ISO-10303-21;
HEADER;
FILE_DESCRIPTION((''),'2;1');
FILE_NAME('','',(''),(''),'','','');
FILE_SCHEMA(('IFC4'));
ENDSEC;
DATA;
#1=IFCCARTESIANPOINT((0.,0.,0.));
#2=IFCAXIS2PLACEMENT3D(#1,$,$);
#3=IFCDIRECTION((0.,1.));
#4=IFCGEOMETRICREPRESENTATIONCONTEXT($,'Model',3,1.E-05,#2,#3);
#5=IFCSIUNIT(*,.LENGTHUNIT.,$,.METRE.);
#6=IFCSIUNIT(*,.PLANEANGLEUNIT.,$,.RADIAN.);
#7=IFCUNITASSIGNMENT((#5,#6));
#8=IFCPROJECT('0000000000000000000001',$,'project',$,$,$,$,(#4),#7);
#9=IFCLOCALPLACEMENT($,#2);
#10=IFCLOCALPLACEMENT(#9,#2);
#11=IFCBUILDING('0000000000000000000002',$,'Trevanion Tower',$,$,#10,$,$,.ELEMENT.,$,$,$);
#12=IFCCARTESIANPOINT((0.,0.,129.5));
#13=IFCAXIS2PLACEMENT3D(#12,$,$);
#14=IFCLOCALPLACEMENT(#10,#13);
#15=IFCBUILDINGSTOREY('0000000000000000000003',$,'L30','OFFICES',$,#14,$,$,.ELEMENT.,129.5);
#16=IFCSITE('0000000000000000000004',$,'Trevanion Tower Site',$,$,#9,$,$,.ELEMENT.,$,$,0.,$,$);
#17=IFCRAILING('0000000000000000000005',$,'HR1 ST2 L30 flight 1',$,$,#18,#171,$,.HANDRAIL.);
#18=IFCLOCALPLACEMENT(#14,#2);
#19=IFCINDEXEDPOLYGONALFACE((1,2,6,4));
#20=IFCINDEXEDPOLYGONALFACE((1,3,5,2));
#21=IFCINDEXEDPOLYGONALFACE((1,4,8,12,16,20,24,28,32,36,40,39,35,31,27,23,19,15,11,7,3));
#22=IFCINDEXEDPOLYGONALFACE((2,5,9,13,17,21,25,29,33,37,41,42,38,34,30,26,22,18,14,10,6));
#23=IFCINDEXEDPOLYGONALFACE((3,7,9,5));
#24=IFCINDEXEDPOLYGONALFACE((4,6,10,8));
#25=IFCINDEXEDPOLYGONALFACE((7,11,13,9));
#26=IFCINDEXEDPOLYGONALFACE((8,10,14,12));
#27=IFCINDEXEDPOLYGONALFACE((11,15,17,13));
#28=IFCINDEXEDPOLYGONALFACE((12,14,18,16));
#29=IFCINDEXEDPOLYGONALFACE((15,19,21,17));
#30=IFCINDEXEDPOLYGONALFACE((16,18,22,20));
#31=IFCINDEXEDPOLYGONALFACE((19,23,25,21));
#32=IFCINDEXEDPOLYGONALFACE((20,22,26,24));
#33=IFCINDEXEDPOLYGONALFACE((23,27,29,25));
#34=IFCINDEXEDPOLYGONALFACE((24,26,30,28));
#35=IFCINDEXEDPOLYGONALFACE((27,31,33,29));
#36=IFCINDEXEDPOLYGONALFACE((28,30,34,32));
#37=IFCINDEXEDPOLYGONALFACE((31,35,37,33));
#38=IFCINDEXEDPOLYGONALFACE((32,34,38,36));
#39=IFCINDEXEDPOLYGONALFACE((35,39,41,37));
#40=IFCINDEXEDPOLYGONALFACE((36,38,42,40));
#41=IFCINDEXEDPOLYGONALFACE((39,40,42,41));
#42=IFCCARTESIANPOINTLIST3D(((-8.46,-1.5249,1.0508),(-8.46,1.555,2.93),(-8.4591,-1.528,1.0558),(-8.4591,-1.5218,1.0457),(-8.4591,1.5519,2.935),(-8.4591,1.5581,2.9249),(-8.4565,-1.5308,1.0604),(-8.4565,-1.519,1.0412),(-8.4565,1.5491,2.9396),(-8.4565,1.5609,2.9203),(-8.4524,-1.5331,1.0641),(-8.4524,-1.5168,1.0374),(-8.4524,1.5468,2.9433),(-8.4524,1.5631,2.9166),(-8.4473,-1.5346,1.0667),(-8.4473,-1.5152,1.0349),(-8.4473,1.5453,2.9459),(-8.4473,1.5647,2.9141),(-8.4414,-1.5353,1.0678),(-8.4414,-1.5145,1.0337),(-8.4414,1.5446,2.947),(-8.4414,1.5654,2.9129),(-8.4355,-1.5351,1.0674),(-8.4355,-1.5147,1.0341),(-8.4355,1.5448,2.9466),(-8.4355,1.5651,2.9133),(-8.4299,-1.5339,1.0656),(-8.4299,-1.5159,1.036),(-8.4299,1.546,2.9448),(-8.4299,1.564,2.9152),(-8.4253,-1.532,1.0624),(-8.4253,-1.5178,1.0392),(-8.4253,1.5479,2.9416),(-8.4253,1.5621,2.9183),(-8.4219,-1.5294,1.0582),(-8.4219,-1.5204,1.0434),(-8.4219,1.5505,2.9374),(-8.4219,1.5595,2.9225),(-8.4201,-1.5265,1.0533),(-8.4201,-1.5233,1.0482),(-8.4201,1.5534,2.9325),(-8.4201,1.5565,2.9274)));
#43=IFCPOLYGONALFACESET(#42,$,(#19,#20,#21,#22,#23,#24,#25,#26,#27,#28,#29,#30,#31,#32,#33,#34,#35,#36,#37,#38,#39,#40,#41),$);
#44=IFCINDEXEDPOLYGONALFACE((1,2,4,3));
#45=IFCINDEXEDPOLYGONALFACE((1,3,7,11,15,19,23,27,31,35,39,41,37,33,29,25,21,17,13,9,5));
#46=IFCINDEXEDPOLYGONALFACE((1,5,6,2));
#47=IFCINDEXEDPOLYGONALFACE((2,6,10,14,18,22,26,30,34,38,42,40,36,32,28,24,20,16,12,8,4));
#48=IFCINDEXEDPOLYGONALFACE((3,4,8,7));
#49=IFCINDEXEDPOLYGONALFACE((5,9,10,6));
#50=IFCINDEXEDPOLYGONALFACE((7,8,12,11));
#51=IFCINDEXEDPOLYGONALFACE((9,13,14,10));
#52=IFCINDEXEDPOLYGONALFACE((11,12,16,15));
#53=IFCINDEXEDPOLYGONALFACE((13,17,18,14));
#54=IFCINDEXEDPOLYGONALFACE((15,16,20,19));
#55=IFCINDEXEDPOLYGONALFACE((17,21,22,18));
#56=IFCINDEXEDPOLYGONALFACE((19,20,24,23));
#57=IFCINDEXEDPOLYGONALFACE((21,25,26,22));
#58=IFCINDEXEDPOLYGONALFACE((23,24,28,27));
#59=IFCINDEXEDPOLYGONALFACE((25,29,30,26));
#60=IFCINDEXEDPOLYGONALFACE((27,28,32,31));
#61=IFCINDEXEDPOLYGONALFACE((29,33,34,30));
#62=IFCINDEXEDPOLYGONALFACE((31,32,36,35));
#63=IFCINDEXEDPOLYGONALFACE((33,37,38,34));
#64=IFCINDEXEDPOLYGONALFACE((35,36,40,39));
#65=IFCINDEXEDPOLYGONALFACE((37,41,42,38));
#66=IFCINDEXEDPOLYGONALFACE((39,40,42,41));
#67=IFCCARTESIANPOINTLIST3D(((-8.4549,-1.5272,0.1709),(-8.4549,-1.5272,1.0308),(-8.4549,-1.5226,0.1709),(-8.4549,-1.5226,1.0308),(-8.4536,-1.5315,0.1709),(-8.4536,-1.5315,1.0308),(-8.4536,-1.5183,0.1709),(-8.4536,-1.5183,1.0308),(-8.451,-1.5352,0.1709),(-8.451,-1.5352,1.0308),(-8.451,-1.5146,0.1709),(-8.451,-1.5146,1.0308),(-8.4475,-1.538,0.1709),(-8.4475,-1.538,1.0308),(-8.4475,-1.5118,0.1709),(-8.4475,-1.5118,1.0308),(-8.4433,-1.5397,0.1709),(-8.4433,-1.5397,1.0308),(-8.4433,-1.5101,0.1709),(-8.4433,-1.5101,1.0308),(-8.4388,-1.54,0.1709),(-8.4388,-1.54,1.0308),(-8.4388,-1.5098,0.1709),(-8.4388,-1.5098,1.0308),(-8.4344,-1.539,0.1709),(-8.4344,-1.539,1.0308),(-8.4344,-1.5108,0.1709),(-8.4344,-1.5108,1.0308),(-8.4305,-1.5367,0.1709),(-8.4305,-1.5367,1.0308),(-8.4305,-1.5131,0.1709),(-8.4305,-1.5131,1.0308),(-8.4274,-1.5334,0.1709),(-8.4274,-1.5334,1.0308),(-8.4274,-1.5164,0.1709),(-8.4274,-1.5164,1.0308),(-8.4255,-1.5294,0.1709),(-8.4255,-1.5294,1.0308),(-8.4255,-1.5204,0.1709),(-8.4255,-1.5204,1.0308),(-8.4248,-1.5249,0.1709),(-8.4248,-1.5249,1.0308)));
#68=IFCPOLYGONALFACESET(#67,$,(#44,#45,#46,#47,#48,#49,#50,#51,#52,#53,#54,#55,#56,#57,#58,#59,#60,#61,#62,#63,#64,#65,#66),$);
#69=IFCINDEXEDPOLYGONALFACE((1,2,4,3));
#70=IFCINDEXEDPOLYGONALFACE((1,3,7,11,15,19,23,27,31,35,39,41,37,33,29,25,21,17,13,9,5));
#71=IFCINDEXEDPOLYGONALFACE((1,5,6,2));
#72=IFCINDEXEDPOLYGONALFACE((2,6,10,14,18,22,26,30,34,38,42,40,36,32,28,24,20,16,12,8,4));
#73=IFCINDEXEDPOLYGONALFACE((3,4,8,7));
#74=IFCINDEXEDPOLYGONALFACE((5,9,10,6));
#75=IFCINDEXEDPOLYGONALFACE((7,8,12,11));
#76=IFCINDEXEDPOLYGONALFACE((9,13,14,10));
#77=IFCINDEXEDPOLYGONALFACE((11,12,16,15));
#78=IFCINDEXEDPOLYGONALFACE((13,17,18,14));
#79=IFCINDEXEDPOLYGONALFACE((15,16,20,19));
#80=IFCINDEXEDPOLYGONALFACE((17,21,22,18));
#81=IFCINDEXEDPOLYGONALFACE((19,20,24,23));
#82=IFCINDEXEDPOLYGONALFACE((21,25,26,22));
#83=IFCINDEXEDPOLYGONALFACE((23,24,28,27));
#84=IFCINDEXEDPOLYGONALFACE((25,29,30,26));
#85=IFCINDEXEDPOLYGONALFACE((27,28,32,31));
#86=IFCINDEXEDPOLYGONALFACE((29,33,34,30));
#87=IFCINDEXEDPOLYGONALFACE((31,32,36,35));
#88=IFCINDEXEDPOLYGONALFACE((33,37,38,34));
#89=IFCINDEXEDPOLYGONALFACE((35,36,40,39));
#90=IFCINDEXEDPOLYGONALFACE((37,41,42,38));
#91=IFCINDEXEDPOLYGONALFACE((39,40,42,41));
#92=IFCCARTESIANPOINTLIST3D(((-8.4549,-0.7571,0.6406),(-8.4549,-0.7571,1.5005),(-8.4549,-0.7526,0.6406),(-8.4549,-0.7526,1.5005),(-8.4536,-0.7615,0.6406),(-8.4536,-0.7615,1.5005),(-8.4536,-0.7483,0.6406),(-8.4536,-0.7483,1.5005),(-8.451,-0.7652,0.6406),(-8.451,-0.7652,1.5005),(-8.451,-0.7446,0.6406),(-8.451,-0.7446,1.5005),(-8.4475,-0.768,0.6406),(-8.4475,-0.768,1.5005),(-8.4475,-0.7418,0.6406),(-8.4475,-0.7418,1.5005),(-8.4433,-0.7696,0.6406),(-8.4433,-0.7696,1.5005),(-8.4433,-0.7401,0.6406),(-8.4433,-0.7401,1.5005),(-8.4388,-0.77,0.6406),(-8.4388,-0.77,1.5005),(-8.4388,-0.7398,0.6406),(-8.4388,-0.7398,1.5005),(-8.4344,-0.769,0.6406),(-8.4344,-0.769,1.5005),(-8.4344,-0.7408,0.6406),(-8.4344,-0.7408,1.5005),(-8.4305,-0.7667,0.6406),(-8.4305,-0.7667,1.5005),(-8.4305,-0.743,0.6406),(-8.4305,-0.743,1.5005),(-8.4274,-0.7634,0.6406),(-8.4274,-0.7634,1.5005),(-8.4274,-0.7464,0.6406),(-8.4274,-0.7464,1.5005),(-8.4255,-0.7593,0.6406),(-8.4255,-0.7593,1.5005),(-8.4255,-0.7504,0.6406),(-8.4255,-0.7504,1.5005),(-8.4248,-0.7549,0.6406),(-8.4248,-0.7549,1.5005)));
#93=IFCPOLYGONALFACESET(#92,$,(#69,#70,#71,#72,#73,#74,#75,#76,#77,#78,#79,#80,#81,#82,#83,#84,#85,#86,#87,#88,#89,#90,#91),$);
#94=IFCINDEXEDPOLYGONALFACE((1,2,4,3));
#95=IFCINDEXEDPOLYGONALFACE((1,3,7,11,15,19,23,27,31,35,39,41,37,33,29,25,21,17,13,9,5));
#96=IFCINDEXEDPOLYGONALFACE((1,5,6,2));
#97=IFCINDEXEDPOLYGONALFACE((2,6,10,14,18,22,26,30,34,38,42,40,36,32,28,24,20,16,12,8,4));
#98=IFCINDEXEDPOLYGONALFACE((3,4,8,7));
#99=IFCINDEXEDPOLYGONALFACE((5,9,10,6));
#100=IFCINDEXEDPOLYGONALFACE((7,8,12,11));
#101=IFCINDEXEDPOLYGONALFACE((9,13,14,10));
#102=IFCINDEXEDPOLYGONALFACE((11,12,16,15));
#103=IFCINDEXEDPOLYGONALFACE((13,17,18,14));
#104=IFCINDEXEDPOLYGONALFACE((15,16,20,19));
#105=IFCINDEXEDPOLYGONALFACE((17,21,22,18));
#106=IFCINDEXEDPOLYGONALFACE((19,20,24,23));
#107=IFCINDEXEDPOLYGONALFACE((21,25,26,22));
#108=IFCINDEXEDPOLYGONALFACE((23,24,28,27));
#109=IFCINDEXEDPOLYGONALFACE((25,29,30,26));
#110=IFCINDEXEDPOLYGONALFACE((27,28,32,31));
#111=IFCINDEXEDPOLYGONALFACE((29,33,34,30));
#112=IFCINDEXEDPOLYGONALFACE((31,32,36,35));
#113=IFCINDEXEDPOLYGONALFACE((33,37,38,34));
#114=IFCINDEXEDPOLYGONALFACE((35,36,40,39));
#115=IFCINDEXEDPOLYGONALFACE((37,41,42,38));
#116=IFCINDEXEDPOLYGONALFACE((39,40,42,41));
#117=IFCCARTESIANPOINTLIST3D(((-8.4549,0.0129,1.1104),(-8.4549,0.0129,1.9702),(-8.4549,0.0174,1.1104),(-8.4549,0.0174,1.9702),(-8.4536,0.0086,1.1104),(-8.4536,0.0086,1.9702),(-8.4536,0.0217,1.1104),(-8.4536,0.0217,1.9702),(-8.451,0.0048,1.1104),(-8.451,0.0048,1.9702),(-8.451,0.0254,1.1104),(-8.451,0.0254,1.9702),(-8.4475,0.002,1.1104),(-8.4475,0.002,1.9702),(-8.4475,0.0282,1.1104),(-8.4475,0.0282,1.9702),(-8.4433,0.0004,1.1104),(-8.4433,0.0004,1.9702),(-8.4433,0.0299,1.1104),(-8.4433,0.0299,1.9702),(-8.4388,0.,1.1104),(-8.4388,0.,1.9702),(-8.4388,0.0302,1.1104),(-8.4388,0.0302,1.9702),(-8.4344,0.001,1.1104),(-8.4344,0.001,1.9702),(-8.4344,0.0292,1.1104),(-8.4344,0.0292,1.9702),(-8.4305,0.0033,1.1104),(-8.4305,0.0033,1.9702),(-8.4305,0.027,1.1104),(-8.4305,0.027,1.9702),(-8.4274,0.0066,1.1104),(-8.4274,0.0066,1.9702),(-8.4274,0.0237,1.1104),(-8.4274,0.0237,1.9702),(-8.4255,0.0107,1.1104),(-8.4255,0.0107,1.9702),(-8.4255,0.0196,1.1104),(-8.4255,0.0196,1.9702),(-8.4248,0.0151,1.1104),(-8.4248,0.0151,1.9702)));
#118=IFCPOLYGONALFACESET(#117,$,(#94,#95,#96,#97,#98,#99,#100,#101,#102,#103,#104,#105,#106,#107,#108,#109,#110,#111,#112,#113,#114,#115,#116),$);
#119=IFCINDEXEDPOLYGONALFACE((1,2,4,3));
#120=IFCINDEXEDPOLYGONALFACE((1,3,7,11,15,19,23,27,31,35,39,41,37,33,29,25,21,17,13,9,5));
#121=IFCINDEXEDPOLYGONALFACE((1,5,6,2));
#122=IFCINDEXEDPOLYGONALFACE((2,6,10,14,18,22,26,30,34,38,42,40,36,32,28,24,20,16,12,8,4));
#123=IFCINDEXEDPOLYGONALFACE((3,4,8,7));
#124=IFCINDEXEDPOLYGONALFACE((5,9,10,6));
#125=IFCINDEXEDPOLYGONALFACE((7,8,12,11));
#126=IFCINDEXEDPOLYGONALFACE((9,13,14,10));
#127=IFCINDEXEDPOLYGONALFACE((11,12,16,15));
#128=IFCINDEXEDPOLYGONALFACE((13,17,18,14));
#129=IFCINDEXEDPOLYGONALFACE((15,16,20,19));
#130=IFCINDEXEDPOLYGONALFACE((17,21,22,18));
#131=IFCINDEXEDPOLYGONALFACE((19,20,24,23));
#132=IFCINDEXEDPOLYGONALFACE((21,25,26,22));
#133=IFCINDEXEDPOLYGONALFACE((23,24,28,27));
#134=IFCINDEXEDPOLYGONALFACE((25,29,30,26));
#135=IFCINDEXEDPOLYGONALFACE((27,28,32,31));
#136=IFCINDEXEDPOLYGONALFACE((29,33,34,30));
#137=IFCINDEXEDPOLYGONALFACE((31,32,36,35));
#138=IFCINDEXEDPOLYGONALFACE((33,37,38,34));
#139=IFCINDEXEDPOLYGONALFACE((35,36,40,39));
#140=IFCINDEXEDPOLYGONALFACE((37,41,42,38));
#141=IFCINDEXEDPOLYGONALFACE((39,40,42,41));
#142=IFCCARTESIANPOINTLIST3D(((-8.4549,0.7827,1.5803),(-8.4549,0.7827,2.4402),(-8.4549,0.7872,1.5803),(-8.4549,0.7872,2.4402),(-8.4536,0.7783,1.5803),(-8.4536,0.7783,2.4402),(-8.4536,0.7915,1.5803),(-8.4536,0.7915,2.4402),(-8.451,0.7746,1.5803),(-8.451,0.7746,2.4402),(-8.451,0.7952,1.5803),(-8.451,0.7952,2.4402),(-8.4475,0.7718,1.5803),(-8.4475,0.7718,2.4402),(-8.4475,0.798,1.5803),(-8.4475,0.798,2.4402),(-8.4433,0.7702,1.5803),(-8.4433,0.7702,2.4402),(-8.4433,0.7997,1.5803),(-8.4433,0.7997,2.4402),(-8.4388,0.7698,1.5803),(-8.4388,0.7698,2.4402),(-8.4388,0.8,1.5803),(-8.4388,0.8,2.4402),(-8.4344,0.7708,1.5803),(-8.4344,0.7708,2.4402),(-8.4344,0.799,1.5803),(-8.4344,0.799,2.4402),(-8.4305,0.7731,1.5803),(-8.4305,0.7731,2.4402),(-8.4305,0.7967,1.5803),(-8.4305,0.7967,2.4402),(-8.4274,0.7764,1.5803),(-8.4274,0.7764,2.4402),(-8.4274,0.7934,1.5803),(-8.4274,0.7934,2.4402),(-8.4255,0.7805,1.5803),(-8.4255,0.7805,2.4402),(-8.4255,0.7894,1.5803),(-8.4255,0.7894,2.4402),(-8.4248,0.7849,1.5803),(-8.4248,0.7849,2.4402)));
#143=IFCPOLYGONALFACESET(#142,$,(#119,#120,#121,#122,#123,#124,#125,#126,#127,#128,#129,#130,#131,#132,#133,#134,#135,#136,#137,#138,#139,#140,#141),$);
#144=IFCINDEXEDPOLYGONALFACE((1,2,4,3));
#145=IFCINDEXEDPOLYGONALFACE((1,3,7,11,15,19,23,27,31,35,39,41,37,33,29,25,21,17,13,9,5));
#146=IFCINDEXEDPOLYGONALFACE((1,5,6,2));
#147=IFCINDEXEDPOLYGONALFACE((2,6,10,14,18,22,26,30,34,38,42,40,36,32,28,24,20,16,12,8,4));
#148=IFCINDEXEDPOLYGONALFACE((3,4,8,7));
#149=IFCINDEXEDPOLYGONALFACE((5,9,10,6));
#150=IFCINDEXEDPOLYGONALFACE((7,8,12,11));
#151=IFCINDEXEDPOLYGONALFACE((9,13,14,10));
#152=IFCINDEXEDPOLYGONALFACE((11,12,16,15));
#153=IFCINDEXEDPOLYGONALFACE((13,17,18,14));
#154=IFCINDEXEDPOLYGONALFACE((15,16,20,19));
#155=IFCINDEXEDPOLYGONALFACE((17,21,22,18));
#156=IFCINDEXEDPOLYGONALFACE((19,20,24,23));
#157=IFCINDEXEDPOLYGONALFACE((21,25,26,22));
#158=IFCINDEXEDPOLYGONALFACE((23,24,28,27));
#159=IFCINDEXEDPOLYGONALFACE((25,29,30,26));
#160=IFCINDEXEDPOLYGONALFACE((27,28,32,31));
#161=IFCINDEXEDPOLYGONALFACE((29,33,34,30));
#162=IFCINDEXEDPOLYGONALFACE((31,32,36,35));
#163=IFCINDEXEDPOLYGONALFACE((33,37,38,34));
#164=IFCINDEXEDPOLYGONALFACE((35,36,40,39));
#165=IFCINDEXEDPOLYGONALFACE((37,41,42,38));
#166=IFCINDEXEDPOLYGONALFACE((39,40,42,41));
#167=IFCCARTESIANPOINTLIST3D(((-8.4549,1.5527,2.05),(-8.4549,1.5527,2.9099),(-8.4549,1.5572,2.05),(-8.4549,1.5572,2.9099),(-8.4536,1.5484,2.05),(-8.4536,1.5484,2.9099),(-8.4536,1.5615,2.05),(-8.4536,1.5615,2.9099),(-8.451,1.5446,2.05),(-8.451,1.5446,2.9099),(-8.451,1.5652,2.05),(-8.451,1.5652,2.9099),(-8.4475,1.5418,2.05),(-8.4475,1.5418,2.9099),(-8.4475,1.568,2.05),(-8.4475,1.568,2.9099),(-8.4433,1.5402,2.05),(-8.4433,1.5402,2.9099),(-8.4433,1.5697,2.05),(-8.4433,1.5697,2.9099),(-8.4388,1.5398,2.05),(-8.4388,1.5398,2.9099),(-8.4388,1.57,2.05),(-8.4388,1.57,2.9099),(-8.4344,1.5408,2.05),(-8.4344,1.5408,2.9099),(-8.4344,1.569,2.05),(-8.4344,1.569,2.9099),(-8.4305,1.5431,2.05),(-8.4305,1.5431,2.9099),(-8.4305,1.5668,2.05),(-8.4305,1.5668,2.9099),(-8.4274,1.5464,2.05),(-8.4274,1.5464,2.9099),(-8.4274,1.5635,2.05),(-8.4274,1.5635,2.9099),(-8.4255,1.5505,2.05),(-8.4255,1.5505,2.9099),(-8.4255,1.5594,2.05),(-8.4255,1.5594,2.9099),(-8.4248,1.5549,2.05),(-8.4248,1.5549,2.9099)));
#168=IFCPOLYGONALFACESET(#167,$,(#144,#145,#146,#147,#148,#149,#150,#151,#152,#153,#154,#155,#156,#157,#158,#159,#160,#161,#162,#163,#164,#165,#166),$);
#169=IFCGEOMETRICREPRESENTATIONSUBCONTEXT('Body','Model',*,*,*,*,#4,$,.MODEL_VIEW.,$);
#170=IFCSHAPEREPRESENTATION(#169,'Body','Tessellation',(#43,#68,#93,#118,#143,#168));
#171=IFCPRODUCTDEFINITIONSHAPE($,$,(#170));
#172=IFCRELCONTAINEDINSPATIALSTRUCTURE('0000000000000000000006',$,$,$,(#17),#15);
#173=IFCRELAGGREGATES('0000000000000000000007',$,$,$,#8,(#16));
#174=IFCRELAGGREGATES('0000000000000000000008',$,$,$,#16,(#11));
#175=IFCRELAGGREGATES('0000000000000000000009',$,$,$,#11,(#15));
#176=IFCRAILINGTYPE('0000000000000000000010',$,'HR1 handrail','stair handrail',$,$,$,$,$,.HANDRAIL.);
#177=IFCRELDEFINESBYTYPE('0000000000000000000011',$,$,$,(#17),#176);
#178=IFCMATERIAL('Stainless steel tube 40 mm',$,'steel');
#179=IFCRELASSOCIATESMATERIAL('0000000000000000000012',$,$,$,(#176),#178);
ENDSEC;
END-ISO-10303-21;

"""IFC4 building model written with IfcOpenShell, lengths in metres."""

from ifc_helpers import new_model, si_unit, direction, frame, origin, origin_2d, place, context, subcontext, project, spatial, circle, extrude, material, type_object, element, save


model = new_model("IFC4")

# Units and contexts
model_context = context("Model", 3, precision=1e-05, world=origin(), true_north=direction((0.0, 1.0)))
body_context = subcontext(model_context, "Body", "Model", "MODEL_VIEW")
ifc_project = project(units=[si_unit("LENGTHUNIT", "METRE"), si_unit("PLANEANGLEUNIT", "RADIAN")], contexts=[model_context])

# Site, building, storey
site_placement = place(None, origin())
site = spatial("IfcSite", under=ifc_project, at=site_placement, Name="Trevanion Tower Site", CompositionType="ELEMENT", RefElevation=0.0)
building_placement = place(site_placement, origin())
building = spatial("IfcBuilding", under=site, at=building_placement, Name="Trevanion Tower", CompositionType="ELEMENT")
storey_placement = place(building_placement, frame((0.0, 0.0, 129.5)))
storey = spatial("IfcBuildingStorey", under=building, at=storey_placement, Name="L30", Description="OFFICES", CompositionType="ELEMENT", Elevation=129.5)

# Railing
ifc_material_1 = material(Name="Stainless steel tube 40 mm", Category="steel")
railing_type = type_object("IfcRailingType", Name="HR1 handrail", Description="stair handrail", PredefinedType="HANDRAIL", material=ifc_material_1)
for number, where, name in (
    (1, (-8.4399, -1.5249, 0.1709), "HR1 ST2 L30 flight 1"),
):
    element("IfcRailing", number, at=place(storey_placement, frame(where)), inside=storey, type_object=railing_type, Name=name, PredefinedType="HANDRAIL", context=body_context, shape_type="SweptSolid", body=[
        extrude(circle(Radius=0.02, at=origin_2d()), frame((0.0, 0.0, 0.8799), z_axis=(0.0, 0.853648, 0.52085), x_axis=(-1.0, 0.0, 0.0)), (0.0, 0.0, 1.0), 3.6079),
        extrude(circle(Radius=0.0151, at=origin_2d()), origin(), (0.0, 0.0, 1.0), 0.8599),
        extrude(circle(Radius=0.0151, at=origin_2d()), frame((0.0, 0.77, 0.4697)), (0.0, 0.0, 1.0), 0.8599),
        extrude(circle(Radius=0.0151, at=origin_2d()), frame((0.0, 1.54, 0.9395)), (0.0, 0.0, 1.0), 0.8599),
        extrude(circle(Radius=0.0151, at=origin_2d()), frame((0.0, 2.3098, 1.4094)), (0.0, 0.0, 1.0), 0.8599),
        extrude(circle(Radius=0.0151, at=origin_2d()), frame((0.0, 3.0798, 1.8792)), (0.0, 0.0, 1.0), 0.8599),
    ])

save(model, "model.ifc")
